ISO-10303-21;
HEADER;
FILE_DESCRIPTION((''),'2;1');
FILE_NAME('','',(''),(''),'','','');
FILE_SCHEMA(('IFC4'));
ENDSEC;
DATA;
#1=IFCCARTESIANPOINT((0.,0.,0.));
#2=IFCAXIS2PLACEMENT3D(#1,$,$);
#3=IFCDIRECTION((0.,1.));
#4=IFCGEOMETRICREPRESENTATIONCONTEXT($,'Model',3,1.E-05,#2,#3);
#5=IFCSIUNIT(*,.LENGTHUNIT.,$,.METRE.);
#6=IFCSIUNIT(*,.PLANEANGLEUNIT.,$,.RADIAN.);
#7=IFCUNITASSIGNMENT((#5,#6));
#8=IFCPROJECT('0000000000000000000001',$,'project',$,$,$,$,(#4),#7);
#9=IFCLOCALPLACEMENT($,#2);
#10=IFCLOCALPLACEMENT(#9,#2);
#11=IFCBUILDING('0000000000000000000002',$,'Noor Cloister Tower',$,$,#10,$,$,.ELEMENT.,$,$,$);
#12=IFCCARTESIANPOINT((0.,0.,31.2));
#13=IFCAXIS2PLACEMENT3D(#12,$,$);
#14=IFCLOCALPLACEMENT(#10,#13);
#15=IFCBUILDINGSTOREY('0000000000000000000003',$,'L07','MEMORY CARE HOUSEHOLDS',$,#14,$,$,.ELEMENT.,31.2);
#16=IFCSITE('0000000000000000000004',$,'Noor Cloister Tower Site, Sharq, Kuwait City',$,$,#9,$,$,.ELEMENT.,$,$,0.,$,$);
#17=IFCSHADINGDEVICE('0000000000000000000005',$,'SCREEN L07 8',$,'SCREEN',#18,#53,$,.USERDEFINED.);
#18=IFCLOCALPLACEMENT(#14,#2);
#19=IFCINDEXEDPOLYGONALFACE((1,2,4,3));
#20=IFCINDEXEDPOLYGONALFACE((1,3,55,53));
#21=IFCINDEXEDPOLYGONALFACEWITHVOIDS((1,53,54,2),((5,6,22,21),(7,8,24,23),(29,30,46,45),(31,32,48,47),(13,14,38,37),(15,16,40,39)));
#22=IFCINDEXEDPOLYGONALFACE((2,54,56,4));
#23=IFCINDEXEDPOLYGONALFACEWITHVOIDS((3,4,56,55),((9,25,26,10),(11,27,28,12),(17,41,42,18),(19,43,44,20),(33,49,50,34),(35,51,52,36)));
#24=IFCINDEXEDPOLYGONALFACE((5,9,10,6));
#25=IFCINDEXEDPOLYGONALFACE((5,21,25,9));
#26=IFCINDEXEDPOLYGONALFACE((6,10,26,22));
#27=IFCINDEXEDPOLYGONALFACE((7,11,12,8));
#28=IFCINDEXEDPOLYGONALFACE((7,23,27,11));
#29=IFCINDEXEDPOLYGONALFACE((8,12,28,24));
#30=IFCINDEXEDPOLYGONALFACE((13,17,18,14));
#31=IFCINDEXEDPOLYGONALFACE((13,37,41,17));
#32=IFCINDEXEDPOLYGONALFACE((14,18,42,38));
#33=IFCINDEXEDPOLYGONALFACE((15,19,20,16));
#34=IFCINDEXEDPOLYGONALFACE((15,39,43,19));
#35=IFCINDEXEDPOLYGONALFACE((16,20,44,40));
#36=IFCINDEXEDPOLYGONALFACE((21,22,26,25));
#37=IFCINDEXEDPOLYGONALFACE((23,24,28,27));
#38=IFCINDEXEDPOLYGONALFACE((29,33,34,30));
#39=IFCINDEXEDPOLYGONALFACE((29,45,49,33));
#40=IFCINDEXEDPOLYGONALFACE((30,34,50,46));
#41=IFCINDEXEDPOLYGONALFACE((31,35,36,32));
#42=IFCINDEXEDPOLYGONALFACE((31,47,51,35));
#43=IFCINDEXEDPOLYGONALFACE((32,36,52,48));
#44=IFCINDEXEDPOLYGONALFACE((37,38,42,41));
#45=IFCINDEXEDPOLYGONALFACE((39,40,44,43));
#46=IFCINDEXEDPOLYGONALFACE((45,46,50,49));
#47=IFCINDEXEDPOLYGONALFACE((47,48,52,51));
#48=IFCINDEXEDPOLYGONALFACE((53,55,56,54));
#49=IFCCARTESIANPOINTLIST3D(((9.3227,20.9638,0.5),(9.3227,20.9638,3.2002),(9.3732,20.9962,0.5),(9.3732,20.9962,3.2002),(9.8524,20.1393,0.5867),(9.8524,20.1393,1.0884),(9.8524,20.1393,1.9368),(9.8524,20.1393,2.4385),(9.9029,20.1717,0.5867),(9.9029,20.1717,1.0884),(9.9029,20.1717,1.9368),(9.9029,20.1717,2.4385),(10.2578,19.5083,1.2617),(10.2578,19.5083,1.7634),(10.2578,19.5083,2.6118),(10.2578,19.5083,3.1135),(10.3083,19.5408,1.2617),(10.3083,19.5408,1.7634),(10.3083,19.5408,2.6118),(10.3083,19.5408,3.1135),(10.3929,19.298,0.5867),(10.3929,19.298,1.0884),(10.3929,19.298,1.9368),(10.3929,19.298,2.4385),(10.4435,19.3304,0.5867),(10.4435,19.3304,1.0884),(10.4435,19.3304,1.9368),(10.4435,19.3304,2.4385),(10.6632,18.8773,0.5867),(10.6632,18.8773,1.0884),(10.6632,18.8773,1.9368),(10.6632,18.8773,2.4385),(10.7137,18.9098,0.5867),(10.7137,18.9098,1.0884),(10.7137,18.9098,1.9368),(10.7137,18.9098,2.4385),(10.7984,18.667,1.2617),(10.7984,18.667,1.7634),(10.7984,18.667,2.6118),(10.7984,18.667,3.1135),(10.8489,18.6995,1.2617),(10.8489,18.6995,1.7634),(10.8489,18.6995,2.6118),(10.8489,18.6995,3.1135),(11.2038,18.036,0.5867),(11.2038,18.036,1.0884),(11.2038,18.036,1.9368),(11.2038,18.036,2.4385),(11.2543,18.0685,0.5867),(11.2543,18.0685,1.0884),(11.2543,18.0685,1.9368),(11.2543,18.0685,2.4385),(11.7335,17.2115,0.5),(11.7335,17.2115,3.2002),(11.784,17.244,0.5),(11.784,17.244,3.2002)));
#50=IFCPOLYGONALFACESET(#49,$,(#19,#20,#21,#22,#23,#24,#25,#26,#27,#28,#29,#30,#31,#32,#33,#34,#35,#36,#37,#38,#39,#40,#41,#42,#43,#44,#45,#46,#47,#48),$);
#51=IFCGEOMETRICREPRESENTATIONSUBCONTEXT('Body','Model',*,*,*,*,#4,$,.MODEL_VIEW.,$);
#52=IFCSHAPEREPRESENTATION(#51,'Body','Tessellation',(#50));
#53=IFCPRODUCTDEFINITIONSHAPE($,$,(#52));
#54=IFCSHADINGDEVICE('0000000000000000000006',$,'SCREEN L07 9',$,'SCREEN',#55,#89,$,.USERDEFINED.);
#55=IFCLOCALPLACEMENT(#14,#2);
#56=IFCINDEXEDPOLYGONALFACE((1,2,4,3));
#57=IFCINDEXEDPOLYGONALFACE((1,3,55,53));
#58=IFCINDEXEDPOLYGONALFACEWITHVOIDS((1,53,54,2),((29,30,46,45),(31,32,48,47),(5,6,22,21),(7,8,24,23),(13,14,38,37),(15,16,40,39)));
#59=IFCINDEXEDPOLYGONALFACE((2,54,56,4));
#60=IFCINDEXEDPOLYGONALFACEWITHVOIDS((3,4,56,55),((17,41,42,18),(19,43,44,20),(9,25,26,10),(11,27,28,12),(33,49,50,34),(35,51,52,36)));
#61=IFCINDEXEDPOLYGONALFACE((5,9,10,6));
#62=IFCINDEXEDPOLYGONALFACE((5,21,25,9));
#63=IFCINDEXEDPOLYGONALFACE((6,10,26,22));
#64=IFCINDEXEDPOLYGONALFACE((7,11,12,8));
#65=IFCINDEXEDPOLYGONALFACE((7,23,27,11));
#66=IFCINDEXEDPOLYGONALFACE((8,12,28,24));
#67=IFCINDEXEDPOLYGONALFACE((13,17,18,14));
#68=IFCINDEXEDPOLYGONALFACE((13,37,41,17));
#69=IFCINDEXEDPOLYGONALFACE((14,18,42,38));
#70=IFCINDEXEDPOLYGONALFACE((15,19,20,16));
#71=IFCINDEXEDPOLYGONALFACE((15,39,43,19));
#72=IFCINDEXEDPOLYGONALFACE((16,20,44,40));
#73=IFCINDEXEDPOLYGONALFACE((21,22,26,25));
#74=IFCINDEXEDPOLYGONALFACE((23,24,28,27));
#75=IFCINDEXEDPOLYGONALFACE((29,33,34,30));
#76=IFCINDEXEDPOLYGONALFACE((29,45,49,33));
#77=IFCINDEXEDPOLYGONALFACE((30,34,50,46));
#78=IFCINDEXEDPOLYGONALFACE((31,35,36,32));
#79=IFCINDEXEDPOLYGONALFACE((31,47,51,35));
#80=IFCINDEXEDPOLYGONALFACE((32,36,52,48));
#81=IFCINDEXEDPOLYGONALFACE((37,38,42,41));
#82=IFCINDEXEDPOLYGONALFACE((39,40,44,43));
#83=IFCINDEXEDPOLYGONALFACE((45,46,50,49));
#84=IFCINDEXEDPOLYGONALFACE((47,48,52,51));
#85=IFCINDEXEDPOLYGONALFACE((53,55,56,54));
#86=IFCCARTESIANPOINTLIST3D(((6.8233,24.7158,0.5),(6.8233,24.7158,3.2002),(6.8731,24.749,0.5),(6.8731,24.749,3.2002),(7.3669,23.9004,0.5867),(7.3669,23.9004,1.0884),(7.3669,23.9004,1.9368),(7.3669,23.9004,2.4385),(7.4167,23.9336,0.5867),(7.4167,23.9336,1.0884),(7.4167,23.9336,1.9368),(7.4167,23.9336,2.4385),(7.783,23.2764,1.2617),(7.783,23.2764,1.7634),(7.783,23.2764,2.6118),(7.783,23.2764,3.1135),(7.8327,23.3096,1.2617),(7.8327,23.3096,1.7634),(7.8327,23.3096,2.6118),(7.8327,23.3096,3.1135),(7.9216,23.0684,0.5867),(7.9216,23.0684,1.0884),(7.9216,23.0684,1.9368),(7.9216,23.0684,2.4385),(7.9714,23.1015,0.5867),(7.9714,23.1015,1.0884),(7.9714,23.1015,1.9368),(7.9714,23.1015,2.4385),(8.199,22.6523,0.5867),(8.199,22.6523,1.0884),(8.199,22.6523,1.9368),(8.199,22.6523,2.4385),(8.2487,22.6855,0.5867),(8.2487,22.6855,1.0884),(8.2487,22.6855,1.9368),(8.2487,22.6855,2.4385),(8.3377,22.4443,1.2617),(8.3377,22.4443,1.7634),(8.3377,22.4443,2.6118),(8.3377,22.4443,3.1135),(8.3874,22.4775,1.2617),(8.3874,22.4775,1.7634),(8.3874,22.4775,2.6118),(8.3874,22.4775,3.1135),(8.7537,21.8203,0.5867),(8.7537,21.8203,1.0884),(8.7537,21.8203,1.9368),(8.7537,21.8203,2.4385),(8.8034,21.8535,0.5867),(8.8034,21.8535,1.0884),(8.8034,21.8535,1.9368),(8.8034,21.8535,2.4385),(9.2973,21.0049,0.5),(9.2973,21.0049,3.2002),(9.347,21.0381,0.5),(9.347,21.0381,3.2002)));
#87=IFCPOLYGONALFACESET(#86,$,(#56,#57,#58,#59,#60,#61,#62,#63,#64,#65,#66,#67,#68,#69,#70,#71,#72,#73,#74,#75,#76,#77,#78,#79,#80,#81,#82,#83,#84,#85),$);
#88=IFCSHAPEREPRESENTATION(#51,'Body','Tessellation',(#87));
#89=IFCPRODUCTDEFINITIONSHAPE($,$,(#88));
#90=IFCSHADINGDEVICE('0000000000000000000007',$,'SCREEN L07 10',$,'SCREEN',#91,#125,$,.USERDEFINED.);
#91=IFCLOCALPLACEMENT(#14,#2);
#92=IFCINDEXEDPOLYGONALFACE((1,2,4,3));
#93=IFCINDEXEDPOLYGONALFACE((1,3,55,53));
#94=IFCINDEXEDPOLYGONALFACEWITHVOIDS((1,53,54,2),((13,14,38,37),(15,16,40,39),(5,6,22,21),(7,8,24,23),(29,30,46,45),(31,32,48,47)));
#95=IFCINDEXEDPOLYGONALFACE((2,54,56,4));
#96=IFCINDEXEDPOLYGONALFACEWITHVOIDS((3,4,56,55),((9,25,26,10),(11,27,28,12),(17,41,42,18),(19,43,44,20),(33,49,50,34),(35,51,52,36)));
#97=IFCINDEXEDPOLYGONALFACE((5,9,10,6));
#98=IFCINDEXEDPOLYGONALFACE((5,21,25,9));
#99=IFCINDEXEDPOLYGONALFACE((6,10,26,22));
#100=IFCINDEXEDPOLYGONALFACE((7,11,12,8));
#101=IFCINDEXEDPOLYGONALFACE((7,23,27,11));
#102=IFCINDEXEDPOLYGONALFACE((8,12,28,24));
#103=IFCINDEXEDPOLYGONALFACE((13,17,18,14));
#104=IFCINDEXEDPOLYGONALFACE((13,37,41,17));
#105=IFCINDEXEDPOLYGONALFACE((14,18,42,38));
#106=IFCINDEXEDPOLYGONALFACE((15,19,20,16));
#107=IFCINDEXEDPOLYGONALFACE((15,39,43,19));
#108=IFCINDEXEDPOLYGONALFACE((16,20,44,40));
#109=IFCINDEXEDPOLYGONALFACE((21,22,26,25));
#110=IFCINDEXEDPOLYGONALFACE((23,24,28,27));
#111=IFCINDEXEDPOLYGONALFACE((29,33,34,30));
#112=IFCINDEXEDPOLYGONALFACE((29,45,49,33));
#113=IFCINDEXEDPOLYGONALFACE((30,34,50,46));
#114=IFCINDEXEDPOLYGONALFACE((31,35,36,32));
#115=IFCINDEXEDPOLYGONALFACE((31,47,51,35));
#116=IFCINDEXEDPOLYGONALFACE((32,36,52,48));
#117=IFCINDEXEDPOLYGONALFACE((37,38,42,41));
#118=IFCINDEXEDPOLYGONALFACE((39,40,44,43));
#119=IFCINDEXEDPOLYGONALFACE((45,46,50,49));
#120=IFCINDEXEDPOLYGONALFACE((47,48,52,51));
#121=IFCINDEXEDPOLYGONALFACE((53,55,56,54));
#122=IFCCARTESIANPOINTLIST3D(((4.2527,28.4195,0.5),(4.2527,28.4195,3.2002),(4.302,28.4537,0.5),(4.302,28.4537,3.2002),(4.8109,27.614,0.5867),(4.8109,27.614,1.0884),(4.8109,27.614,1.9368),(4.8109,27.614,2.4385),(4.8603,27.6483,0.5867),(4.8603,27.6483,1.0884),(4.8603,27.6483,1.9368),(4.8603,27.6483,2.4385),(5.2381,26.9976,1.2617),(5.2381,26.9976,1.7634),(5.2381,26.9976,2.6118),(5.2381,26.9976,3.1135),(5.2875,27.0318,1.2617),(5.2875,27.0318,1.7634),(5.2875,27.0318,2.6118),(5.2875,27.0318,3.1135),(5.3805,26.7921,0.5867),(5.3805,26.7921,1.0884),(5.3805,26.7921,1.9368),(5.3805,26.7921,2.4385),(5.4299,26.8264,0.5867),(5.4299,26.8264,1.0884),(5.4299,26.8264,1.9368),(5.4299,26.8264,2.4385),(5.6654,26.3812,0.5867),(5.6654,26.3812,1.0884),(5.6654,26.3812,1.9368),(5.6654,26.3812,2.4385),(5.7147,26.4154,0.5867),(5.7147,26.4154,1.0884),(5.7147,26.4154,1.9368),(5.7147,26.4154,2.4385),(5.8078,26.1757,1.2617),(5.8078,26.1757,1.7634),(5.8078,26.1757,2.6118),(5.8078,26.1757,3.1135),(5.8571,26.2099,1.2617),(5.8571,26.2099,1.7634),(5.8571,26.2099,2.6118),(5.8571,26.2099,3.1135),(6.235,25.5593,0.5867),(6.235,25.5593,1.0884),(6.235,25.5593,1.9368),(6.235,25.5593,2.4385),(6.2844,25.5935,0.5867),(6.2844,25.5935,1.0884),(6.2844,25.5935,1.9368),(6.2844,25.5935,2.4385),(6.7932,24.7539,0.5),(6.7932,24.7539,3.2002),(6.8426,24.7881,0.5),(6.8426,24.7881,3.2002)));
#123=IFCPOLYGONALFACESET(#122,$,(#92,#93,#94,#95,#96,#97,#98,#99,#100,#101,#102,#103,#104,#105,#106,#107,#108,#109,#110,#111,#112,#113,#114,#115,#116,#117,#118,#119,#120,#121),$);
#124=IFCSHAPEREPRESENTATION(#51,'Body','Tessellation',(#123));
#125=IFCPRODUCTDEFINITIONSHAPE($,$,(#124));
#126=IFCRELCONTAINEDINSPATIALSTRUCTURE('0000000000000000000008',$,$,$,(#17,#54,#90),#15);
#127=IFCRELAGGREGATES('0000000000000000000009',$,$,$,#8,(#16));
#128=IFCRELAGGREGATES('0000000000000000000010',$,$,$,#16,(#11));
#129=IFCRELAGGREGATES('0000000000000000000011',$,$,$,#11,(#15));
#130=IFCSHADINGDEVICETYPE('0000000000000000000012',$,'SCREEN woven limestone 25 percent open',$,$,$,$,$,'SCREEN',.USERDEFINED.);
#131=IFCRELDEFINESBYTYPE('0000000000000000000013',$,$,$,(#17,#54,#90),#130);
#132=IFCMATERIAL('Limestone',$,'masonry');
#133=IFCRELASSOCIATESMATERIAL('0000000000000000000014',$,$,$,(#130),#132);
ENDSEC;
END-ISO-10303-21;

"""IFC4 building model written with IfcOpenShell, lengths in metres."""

from ifc_helpers import new_model, si_unit, direction, frame, origin, place, context, subcontext, project, spatial, polyline, outline, extrude, material, material_profile, profile_set, type_object, element, save


model = new_model("IFC4")

# Units and contexts
model_context = context("Model", 3, precision=1e-05, world=origin(), true_north=direction((0.0, 1.0)))
body_context = subcontext(model_context, "Body", "Model", "MODEL_VIEW")
ifc_project = project(units=[si_unit("LENGTHUNIT", "METRE"), si_unit("PLANEANGLEUNIT", "RADIAN")], contexts=[model_context])

# Site, building, storey
site_placement = place(None, origin())
site = spatial("IfcSite", under=ifc_project, at=site_placement, Name="Noor Cloister Tower Site, Sharq, Kuwait City", CompositionType="ELEMENT", RefElevation=0.0)
building_placement = place(site_placement, origin())
building = spatial("IfcBuilding", under=site, at=building_placement, Name="Noor Cloister Tower", CompositionType="ELEMENT")
storey_placement = place(building_placement, frame((0.0, 0.0, 31.2)))
storey = spatial("IfcBuildingStorey", under=building, at=storey_placement, Name="L07", Description="MEMORY CARE HOUSEHOLDS", CompositionType="ELEMENT", Elevation=31.2)

# Shading devices
ifc_material_1 = material(Name="Limestone", Category="masonry")
ifc_material_profile_1 = material_profile(ifc_material_1, outline(polyline([(-2.23, -1.3501), (2.23, -1.3501), (2.23, 1.3501), (-2.23, 1.3501), (-2.23, -1.3501)]), holes=[polyline([(-1.25, -1.2634), (-0.25, -1.2634), (-0.25, -0.7617), (-1.25, -0.7617), (-1.25, -1.2634)]), polyline([(0.25, -1.2634), (1.25, -1.2634), (1.25, -0.7617), (0.25, -0.7617), (0.25, -1.2634)]), polyline([(-0.5, -0.5884), (0.5, -0.5884), (0.5, -0.0867), (-0.5, -0.0867), (-0.5, -0.5884)]), polyline([(-1.25, 0.0867), (-0.25, 0.0867), (-0.25, 0.5884), (-1.25, 0.5884), (-1.25, 0.0867)]), polyline([(0.25, 0.0867), (1.25, 0.0867), (1.25, 0.5884), (0.25, 0.5884), (0.25, 0.0867)]), polyline([(-0.5, 0.7617), (0.5, 0.7617), (0.5, 1.2634), (-0.5, 1.2634), (-0.5, 0.7617)])]), Name="Woven screen 25 percent open")
ifc_profile_set_1 = profile_set([ifc_material_profile_1], Name="Limestone")
shading_device_type = type_object("IfcShadingDeviceType", Name="SCREEN woven limestone 25 percent open", ElementType="SCREEN", PredefinedType="USERDEFINED", material=ifc_profile_set_1)
shading_device_1_placement = place(storey_placement, frame((10.5281, 19.0876, 1.8501), z_axis=(0.841311, 0.540552, 0.0), x_axis=(-0.540552, 0.841311, 0.0)))
element("IfcShadingDevice", 1, at=shading_device_1_placement, inside=storey, type_object=shading_device_type, Name="SCREEN L07 8", ObjectType="SCREEN", PredefinedType="USERDEFINED", context=body_context, shape_type="SweptSolid", body=[
    extrude(outline(polyline([(-2.23, -1.3501), (2.23, -1.3501), (2.23, 1.3501), (-2.23, 1.3501), (-2.23, -1.3501)]), holes=[polyline([(-1.25, -1.2634), (-0.25, -1.2634), (-0.25, -0.7617), (-1.25, -0.7617), (-1.25, -1.2634)]), polyline([(0.25, -1.2634), (1.25, -1.2634), (1.25, -0.7617), (0.25, -0.7617), (0.25, -1.2634)]), polyline([(-0.5, -0.5884), (0.5, -0.5884), (0.5, -0.0867), (-0.5, -0.0867), (-0.5, -0.5884)]), polyline([(-1.25, 0.0867), (-0.25, 0.0867), (-0.25, 0.5884), (-1.25, 0.5884), (-1.25, 0.0867)]), polyline([(0.25, 0.0867), (1.25, 0.0867), (1.25, 0.5884), (0.25, 0.5884), (0.25, 0.0867)]), polyline([(-0.5, 0.7617), (0.5, 0.7617), (0.5, 1.2634), (-0.5, 1.2634), (-0.5, 0.7617)])]), origin(), (0.0, 0.0, 1.0), 0.0601),
])
shading_device_2_placement = place(storey_placement, frame((8.0603, 22.8604, 1.8501), z_axis=(0.83205, 0.5547, 0.0), x_axis=(-0.5547, 0.83205, 0.0)))
element("IfcShadingDevice", 2, at=shading_device_2_placement, inside=storey, type_object=shading_device_type, Name="SCREEN L07 9", ObjectType="SCREEN", PredefinedType="USERDEFINED", context=body_context, shape_type="SweptSolid", body=[
    extrude(outline(polyline([(-2.23, -1.3501), (2.23, -1.3501), (2.23, 1.3501), (-2.23, 1.3501), (-2.23, -1.3501)]), holes=[polyline([(-1.25, -1.2634), (-0.25, -1.2634), (-0.25, -0.7617), (-1.25, -0.7617), (-1.25, -1.2634)]), polyline([(0.25, -1.2634), (1.25, -1.2634), (1.25, -0.7617), (0.25, -0.7617), (0.25, -1.2634)]), polyline([(-0.5, -0.5884), (0.5, -0.5884), (0.5, -0.0867), (-0.5, -0.0867), (-0.5, -0.5884)]), polyline([(-1.25, 0.0867), (-0.25, 0.0867), (-0.25, 0.5884), (-1.25, 0.5884), (-1.25, 0.0867)]), polyline([(0.25, 0.0867), (1.25, 0.0867), (1.25, 0.5884), (0.25, 0.5884), (0.25, 0.0867)]), polyline([(-0.5, 0.7617), (0.5, 0.7617), (0.5, 1.2634), (-0.5, 1.2634), (-0.5, 0.7617)])]), origin(), (0.0, 0.0, 1.0), 0.0598),
])
shading_device_3_placement = place(storey_placement, frame((5.5229, 26.5867, 1.8501), z_axis=(0.821899, 0.569633, 0.0), x_axis=(-0.569633, 0.821899, 0.0)))
element("IfcShadingDevice", 3, at=shading_device_3_placement, inside=storey, type_object=shading_device_type, Name="SCREEN L07 10", ObjectType="SCREEN", PredefinedType="USERDEFINED", context=body_context, shape_type="SweptSolid", body=[
    extrude(outline(polyline([(-2.23, -1.3501), (2.23, -1.3501), (2.23, 1.3501), (-2.23, 1.3501), (-2.23, -1.3501)]), holes=[polyline([(-1.25, -1.2634), (-0.25, -1.2634), (-0.25, -0.7617), (-1.25, -0.7617), (-1.25, -1.2634)]), polyline([(0.25, -1.2634), (1.25, -1.2634), (1.25, -0.7617), (0.25, -0.7617), (0.25, -1.2634)]), polyline([(-0.5, -0.5884), (0.5, -0.5884), (0.5, -0.0867), (-0.5, -0.0867), (-0.5, -0.5884)]), polyline([(-1.25, 0.0867), (-0.25, 0.0867), (-0.25, 0.5884), (-1.25, 0.5884), (-1.25, 0.0867)]), polyline([(0.25, 0.0867), (1.25, 0.0867), (1.25, 0.5884), (0.25, 0.5884), (0.25, 0.0867)]), polyline([(-0.5, 0.7617), (0.5, 0.7617), (0.5, 1.2634), (-0.5, 1.2634), (-0.5, 0.7617)])]), origin(), (0.0, 0.0, 1.0), 0.0601),
])

save(model, "model.ifc")
